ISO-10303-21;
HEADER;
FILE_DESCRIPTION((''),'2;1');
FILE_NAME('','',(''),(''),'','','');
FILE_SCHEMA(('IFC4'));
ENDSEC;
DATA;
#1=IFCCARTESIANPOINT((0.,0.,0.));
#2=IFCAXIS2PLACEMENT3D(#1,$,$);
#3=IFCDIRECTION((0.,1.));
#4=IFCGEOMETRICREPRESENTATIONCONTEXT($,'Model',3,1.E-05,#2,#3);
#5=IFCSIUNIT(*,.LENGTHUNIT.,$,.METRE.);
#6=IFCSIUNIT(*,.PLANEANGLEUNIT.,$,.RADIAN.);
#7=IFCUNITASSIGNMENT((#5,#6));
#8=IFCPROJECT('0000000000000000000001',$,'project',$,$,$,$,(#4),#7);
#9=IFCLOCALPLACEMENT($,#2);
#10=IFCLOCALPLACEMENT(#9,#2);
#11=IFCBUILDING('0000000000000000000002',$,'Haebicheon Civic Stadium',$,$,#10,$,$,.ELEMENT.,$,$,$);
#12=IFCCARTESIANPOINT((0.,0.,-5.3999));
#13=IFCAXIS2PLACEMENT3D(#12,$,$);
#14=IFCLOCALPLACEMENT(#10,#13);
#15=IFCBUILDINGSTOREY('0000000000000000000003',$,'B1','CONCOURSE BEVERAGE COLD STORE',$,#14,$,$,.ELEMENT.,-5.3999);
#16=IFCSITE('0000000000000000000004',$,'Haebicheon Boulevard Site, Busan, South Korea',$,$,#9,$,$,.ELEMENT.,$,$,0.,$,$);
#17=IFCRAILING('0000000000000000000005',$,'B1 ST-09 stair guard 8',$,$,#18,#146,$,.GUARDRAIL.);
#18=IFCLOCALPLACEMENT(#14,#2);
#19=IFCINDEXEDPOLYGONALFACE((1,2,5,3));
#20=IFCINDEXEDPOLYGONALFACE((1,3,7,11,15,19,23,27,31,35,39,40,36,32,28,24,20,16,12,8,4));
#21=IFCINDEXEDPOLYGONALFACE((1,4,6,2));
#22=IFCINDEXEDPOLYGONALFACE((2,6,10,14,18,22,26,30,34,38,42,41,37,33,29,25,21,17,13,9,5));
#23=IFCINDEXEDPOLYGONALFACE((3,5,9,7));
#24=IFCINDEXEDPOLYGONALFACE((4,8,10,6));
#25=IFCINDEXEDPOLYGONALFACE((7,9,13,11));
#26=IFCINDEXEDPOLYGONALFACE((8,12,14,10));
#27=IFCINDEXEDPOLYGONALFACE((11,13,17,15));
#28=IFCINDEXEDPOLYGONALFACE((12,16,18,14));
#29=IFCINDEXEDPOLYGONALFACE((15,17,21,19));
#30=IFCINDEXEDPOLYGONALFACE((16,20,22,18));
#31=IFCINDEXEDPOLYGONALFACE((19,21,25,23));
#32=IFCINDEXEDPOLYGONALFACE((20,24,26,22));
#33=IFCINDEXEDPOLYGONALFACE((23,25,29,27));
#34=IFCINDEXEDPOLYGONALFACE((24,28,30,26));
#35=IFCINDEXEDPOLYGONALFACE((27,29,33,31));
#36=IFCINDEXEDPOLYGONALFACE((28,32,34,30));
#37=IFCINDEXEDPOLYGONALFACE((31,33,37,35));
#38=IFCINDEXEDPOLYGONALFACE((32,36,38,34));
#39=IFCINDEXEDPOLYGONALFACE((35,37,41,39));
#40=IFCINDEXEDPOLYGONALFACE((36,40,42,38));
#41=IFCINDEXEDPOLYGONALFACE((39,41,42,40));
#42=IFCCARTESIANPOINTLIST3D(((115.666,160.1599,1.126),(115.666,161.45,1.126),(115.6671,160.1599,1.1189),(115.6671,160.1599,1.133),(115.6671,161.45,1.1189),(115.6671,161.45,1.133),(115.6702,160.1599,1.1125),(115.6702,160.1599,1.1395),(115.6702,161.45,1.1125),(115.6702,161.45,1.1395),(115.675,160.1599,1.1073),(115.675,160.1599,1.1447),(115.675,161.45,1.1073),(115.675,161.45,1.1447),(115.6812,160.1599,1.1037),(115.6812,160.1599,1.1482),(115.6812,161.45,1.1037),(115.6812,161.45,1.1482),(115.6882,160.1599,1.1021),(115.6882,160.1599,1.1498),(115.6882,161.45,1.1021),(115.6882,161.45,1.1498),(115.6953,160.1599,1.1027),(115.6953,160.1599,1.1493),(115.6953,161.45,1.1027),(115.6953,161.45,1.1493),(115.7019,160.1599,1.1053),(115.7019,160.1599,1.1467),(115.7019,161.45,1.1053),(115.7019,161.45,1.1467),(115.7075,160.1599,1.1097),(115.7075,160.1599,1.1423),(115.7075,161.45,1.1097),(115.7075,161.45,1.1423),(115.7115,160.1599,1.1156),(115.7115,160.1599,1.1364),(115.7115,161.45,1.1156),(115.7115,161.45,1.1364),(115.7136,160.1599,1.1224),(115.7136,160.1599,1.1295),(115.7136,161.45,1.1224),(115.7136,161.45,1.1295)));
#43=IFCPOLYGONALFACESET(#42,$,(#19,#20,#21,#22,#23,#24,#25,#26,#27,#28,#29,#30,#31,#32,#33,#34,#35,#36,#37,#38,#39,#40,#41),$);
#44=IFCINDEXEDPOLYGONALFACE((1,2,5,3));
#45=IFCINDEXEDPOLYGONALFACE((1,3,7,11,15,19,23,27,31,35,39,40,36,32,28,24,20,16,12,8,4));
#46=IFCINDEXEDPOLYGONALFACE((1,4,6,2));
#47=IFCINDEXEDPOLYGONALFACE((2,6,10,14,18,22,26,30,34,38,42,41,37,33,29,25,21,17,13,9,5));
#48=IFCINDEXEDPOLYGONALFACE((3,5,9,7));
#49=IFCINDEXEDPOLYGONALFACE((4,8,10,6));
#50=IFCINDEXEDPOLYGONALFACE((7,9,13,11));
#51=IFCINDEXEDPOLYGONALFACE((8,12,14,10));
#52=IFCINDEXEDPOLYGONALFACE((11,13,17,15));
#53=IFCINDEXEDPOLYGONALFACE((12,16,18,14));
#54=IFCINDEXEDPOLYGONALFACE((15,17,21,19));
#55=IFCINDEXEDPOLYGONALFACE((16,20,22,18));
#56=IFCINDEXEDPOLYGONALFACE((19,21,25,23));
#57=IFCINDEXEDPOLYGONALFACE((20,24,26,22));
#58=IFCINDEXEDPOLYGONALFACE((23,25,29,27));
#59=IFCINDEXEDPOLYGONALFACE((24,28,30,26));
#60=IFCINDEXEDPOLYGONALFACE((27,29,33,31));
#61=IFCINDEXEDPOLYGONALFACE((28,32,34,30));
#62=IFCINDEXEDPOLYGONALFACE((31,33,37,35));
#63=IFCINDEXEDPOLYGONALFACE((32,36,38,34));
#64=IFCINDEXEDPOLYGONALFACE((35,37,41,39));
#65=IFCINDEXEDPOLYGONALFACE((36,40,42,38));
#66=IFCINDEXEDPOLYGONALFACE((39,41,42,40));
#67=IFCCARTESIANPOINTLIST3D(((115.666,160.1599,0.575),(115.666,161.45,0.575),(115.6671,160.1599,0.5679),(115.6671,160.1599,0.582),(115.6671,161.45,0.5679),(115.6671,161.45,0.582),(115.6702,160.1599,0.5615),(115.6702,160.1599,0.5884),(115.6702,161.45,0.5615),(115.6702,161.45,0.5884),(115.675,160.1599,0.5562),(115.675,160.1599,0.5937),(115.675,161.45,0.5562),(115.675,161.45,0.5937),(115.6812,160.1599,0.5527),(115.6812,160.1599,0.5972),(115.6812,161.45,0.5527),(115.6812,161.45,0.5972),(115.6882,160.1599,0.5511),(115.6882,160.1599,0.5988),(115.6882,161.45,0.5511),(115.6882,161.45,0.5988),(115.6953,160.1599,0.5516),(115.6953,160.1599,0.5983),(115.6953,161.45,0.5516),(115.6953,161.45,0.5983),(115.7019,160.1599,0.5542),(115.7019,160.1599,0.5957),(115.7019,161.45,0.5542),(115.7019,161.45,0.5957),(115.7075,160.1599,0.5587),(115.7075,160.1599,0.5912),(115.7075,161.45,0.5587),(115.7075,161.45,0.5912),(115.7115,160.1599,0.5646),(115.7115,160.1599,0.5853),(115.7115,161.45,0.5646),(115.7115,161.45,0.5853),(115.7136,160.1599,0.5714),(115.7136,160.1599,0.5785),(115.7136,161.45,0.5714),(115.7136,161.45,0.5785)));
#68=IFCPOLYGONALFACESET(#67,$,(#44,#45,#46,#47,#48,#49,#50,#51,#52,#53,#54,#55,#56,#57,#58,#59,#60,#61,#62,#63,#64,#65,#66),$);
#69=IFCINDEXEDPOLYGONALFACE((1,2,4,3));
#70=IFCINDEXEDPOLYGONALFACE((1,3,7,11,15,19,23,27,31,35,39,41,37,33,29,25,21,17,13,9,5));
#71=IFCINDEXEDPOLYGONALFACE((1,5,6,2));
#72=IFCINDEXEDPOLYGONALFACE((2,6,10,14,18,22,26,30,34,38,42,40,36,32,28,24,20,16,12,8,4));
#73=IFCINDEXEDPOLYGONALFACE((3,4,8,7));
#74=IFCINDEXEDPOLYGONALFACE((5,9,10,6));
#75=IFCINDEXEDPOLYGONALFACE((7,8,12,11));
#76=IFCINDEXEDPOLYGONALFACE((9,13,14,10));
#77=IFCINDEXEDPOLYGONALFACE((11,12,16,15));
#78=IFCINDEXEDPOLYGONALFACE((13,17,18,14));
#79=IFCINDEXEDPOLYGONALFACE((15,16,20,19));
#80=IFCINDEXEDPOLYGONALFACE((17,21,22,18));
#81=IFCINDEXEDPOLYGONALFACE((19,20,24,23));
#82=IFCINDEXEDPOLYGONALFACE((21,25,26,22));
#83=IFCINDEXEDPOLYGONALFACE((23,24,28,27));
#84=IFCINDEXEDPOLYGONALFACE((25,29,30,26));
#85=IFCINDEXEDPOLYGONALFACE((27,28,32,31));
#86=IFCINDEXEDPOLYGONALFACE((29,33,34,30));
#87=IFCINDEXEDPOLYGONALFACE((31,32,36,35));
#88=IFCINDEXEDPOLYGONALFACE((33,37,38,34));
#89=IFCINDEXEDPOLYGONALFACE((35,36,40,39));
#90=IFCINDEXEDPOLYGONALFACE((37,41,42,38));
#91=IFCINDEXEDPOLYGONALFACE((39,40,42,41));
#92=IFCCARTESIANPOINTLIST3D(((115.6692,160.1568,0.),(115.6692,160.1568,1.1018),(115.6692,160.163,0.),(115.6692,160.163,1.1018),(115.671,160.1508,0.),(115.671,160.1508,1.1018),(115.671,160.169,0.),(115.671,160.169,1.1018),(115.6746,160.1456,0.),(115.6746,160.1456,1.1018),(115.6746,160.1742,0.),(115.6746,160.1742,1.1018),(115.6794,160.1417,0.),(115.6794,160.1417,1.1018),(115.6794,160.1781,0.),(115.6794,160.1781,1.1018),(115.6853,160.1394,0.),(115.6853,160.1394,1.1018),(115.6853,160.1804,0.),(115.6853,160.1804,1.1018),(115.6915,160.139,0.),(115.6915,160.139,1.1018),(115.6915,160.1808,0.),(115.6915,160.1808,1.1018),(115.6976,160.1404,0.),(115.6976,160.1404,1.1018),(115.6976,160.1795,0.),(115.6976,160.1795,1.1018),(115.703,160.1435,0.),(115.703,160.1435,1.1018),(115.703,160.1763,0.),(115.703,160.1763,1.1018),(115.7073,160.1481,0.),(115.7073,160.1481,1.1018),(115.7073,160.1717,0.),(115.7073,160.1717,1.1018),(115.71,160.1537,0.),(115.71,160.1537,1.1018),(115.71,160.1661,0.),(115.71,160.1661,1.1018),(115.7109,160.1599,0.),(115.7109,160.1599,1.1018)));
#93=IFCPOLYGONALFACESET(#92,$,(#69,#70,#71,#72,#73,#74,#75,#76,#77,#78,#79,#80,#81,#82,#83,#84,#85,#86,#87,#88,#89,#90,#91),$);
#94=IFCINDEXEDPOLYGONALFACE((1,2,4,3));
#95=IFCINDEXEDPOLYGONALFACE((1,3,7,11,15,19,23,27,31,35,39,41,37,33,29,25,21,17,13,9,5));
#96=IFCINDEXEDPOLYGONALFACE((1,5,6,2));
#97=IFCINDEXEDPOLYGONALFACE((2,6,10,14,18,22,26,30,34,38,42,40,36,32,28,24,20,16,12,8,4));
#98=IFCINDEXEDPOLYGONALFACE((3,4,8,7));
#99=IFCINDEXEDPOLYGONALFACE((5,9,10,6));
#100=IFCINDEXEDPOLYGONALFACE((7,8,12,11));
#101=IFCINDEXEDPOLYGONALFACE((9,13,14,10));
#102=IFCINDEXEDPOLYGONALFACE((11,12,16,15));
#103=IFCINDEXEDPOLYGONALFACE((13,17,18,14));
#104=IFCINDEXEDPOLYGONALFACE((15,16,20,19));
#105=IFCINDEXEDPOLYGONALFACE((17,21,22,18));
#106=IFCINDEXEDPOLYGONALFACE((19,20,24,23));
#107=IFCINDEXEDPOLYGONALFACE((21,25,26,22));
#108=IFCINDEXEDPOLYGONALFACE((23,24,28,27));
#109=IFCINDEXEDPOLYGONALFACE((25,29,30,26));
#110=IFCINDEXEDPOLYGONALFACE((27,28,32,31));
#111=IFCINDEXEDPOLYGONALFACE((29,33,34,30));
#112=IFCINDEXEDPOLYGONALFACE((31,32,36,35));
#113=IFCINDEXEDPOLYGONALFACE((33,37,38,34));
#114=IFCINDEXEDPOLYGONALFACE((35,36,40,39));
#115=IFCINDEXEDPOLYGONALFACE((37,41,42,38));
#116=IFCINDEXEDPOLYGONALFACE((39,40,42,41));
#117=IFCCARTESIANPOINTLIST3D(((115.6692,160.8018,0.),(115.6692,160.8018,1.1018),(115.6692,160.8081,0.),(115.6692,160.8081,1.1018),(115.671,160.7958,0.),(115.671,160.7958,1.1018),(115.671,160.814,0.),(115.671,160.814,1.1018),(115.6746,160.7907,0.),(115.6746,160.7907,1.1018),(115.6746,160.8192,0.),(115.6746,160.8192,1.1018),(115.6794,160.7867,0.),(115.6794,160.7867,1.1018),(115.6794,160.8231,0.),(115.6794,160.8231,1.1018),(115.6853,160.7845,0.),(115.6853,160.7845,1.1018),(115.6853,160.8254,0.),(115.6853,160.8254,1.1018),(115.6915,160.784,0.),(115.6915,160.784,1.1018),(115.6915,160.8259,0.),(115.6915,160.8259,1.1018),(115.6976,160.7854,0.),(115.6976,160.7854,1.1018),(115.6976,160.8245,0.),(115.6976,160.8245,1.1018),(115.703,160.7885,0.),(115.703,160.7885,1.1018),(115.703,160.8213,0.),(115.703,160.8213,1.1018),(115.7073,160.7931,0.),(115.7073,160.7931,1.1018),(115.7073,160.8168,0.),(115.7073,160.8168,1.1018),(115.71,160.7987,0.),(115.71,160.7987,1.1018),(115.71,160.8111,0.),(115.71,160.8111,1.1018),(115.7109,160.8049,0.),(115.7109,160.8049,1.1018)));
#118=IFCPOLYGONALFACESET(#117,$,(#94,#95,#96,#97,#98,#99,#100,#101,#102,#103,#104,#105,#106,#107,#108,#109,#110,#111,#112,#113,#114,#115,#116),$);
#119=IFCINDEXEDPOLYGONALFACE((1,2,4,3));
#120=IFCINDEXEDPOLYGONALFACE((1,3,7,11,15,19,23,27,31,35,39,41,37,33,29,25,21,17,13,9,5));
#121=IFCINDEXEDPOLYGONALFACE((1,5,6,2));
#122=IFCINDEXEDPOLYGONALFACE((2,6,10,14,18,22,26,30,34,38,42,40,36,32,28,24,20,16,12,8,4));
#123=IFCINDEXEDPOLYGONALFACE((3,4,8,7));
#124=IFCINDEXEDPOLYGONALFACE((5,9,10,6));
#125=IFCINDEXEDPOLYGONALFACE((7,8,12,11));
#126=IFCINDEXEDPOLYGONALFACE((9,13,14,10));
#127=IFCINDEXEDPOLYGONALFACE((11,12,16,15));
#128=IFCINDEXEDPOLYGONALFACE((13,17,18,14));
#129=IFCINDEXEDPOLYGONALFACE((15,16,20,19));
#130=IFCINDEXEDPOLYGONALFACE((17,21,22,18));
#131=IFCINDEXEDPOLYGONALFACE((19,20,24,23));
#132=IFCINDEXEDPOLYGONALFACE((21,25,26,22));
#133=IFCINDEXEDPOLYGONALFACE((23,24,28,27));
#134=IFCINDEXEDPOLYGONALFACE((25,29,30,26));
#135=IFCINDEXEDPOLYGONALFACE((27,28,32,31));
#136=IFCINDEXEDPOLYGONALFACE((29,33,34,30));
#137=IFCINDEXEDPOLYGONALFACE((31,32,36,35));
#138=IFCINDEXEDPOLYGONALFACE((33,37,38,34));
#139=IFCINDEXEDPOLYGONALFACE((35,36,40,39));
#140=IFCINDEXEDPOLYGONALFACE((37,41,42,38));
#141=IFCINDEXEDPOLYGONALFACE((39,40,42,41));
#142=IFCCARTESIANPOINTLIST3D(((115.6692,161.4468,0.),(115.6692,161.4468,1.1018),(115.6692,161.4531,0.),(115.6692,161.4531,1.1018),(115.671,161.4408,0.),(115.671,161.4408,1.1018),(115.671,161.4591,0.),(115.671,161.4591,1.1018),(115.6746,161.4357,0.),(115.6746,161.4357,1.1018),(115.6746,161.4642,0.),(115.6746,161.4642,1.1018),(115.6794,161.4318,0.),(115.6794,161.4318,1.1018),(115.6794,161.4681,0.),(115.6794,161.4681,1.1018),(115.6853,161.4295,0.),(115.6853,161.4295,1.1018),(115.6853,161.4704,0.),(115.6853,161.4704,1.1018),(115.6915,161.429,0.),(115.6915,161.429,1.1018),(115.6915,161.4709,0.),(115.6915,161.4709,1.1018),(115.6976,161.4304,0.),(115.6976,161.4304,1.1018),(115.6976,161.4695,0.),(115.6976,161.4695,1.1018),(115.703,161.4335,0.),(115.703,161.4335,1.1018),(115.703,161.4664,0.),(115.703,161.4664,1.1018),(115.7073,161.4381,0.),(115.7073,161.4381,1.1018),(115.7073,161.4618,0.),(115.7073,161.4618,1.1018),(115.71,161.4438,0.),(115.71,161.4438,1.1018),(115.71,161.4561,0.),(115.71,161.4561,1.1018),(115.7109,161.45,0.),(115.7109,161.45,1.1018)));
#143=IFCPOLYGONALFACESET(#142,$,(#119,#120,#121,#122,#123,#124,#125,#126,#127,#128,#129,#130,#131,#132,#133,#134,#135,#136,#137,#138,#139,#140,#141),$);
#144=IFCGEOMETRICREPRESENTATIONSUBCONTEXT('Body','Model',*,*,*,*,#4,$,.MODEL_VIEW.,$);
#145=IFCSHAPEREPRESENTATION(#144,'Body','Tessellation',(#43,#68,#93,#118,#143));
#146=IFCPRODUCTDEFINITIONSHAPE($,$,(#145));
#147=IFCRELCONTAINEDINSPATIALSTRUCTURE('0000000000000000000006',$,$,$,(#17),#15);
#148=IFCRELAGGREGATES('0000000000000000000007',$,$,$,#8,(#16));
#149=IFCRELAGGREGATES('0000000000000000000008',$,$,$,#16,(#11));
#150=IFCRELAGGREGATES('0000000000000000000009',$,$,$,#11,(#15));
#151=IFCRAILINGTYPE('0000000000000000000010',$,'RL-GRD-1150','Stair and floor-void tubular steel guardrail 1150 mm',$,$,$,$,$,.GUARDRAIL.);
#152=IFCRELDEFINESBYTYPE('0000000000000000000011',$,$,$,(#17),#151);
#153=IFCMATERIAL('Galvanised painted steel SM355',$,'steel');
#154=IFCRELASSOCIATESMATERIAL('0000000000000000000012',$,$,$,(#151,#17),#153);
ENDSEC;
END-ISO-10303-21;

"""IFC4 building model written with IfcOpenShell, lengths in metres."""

from ifc_helpers import new_model, si_unit, direction, frame, origin, origin_2d, place, context, subcontext, project, spatial, circle, extrude, material, type_object, element, save


model = new_model("IFC4")

# Units and contexts
model_context = context("Model", 3, precision=1e-05, world=origin(), true_north=direction((0.0, 1.0)))
body_context = subcontext(model_context, "Body", "Model", "MODEL_VIEW")
ifc_project = project(units=[si_unit("LENGTHUNIT", "METRE"), si_unit("PLANEANGLEUNIT", "RADIAN")], contexts=[model_context])

# Site, building, storey
site_placement = place(None, origin())
site = spatial("IfcSite", under=ifc_project, at=site_placement, Name="Haebicheon Boulevard Site, Busan, South Korea", CompositionType="ELEMENT", RefElevation=0.0)
building_placement = place(site_placement, origin())
building = spatial("IfcBuilding", under=site, at=building_placement, Name="Haebicheon Civic Stadium", CompositionType="ELEMENT")
storey_placement = place(building_placement, frame((0.0, 0.0, -5.3999)))
storey = spatial("IfcBuildingStorey", under=building, at=storey_placement, Name="B1", Description="CONCOURSE BEVERAGE COLD STORE", CompositionType="ELEMENT", Elevation=-5.3999)

# Railing
ifc_material_1 = material(Name="Galvanised painted steel SM355", Category="steel")
railing_type_1 = type_object("IfcRailingType", Name="RL-GRD-1150", Description="Stair and floor-void tubular steel guardrail 1150 mm", PredefinedType="GUARDRAIL", material=ifc_material_1)
railing_1_placement = place(storey_placement, frame((115.6899, 160.1599, 0.0)))
element("IfcRailing", 1, at=railing_1_placement, inside=storey, type_object=railing_type_1, material=ifc_material_1, Name="B1 ST-09 stair guard 8", PredefinedType="GUARDRAIL", context=body_context, shape_type="SweptSolid", body=[
    extrude(circle(Radius=0.0239, at=origin_2d()), frame((0.0, 0.0, 1.126), z_axis=(0.0, 1.0, 0.0), x_axis=(-1.0, 0.0, 0.0)), (0.0, 0.0, 1.0), 1.29),
    extrude(circle(Radius=0.0239, at=origin_2d()), frame((0.0, 0.0, 0.575), z_axis=(0.0, 1.0, 0.0), x_axis=(-1.0, 0.0, 0.0)), (0.0, 0.0, 1.0), 1.29),
    extrude(circle(Radius=0.021, at=origin_2d()), origin(), (0.0, 0.0, 1.0), 1.1018),
    extrude(circle(Radius=0.021, at=origin_2d()), frame((0.0, 0.645, 0.0)), (0.0, 0.0, 1.0), 1.1018),
    extrude(circle(Radius=0.021, at=origin_2d()), frame((0.0, 1.29, 0.0)), (0.0, 0.0, 1.0), 1.1018),
])

save(model, "model.ifc")
